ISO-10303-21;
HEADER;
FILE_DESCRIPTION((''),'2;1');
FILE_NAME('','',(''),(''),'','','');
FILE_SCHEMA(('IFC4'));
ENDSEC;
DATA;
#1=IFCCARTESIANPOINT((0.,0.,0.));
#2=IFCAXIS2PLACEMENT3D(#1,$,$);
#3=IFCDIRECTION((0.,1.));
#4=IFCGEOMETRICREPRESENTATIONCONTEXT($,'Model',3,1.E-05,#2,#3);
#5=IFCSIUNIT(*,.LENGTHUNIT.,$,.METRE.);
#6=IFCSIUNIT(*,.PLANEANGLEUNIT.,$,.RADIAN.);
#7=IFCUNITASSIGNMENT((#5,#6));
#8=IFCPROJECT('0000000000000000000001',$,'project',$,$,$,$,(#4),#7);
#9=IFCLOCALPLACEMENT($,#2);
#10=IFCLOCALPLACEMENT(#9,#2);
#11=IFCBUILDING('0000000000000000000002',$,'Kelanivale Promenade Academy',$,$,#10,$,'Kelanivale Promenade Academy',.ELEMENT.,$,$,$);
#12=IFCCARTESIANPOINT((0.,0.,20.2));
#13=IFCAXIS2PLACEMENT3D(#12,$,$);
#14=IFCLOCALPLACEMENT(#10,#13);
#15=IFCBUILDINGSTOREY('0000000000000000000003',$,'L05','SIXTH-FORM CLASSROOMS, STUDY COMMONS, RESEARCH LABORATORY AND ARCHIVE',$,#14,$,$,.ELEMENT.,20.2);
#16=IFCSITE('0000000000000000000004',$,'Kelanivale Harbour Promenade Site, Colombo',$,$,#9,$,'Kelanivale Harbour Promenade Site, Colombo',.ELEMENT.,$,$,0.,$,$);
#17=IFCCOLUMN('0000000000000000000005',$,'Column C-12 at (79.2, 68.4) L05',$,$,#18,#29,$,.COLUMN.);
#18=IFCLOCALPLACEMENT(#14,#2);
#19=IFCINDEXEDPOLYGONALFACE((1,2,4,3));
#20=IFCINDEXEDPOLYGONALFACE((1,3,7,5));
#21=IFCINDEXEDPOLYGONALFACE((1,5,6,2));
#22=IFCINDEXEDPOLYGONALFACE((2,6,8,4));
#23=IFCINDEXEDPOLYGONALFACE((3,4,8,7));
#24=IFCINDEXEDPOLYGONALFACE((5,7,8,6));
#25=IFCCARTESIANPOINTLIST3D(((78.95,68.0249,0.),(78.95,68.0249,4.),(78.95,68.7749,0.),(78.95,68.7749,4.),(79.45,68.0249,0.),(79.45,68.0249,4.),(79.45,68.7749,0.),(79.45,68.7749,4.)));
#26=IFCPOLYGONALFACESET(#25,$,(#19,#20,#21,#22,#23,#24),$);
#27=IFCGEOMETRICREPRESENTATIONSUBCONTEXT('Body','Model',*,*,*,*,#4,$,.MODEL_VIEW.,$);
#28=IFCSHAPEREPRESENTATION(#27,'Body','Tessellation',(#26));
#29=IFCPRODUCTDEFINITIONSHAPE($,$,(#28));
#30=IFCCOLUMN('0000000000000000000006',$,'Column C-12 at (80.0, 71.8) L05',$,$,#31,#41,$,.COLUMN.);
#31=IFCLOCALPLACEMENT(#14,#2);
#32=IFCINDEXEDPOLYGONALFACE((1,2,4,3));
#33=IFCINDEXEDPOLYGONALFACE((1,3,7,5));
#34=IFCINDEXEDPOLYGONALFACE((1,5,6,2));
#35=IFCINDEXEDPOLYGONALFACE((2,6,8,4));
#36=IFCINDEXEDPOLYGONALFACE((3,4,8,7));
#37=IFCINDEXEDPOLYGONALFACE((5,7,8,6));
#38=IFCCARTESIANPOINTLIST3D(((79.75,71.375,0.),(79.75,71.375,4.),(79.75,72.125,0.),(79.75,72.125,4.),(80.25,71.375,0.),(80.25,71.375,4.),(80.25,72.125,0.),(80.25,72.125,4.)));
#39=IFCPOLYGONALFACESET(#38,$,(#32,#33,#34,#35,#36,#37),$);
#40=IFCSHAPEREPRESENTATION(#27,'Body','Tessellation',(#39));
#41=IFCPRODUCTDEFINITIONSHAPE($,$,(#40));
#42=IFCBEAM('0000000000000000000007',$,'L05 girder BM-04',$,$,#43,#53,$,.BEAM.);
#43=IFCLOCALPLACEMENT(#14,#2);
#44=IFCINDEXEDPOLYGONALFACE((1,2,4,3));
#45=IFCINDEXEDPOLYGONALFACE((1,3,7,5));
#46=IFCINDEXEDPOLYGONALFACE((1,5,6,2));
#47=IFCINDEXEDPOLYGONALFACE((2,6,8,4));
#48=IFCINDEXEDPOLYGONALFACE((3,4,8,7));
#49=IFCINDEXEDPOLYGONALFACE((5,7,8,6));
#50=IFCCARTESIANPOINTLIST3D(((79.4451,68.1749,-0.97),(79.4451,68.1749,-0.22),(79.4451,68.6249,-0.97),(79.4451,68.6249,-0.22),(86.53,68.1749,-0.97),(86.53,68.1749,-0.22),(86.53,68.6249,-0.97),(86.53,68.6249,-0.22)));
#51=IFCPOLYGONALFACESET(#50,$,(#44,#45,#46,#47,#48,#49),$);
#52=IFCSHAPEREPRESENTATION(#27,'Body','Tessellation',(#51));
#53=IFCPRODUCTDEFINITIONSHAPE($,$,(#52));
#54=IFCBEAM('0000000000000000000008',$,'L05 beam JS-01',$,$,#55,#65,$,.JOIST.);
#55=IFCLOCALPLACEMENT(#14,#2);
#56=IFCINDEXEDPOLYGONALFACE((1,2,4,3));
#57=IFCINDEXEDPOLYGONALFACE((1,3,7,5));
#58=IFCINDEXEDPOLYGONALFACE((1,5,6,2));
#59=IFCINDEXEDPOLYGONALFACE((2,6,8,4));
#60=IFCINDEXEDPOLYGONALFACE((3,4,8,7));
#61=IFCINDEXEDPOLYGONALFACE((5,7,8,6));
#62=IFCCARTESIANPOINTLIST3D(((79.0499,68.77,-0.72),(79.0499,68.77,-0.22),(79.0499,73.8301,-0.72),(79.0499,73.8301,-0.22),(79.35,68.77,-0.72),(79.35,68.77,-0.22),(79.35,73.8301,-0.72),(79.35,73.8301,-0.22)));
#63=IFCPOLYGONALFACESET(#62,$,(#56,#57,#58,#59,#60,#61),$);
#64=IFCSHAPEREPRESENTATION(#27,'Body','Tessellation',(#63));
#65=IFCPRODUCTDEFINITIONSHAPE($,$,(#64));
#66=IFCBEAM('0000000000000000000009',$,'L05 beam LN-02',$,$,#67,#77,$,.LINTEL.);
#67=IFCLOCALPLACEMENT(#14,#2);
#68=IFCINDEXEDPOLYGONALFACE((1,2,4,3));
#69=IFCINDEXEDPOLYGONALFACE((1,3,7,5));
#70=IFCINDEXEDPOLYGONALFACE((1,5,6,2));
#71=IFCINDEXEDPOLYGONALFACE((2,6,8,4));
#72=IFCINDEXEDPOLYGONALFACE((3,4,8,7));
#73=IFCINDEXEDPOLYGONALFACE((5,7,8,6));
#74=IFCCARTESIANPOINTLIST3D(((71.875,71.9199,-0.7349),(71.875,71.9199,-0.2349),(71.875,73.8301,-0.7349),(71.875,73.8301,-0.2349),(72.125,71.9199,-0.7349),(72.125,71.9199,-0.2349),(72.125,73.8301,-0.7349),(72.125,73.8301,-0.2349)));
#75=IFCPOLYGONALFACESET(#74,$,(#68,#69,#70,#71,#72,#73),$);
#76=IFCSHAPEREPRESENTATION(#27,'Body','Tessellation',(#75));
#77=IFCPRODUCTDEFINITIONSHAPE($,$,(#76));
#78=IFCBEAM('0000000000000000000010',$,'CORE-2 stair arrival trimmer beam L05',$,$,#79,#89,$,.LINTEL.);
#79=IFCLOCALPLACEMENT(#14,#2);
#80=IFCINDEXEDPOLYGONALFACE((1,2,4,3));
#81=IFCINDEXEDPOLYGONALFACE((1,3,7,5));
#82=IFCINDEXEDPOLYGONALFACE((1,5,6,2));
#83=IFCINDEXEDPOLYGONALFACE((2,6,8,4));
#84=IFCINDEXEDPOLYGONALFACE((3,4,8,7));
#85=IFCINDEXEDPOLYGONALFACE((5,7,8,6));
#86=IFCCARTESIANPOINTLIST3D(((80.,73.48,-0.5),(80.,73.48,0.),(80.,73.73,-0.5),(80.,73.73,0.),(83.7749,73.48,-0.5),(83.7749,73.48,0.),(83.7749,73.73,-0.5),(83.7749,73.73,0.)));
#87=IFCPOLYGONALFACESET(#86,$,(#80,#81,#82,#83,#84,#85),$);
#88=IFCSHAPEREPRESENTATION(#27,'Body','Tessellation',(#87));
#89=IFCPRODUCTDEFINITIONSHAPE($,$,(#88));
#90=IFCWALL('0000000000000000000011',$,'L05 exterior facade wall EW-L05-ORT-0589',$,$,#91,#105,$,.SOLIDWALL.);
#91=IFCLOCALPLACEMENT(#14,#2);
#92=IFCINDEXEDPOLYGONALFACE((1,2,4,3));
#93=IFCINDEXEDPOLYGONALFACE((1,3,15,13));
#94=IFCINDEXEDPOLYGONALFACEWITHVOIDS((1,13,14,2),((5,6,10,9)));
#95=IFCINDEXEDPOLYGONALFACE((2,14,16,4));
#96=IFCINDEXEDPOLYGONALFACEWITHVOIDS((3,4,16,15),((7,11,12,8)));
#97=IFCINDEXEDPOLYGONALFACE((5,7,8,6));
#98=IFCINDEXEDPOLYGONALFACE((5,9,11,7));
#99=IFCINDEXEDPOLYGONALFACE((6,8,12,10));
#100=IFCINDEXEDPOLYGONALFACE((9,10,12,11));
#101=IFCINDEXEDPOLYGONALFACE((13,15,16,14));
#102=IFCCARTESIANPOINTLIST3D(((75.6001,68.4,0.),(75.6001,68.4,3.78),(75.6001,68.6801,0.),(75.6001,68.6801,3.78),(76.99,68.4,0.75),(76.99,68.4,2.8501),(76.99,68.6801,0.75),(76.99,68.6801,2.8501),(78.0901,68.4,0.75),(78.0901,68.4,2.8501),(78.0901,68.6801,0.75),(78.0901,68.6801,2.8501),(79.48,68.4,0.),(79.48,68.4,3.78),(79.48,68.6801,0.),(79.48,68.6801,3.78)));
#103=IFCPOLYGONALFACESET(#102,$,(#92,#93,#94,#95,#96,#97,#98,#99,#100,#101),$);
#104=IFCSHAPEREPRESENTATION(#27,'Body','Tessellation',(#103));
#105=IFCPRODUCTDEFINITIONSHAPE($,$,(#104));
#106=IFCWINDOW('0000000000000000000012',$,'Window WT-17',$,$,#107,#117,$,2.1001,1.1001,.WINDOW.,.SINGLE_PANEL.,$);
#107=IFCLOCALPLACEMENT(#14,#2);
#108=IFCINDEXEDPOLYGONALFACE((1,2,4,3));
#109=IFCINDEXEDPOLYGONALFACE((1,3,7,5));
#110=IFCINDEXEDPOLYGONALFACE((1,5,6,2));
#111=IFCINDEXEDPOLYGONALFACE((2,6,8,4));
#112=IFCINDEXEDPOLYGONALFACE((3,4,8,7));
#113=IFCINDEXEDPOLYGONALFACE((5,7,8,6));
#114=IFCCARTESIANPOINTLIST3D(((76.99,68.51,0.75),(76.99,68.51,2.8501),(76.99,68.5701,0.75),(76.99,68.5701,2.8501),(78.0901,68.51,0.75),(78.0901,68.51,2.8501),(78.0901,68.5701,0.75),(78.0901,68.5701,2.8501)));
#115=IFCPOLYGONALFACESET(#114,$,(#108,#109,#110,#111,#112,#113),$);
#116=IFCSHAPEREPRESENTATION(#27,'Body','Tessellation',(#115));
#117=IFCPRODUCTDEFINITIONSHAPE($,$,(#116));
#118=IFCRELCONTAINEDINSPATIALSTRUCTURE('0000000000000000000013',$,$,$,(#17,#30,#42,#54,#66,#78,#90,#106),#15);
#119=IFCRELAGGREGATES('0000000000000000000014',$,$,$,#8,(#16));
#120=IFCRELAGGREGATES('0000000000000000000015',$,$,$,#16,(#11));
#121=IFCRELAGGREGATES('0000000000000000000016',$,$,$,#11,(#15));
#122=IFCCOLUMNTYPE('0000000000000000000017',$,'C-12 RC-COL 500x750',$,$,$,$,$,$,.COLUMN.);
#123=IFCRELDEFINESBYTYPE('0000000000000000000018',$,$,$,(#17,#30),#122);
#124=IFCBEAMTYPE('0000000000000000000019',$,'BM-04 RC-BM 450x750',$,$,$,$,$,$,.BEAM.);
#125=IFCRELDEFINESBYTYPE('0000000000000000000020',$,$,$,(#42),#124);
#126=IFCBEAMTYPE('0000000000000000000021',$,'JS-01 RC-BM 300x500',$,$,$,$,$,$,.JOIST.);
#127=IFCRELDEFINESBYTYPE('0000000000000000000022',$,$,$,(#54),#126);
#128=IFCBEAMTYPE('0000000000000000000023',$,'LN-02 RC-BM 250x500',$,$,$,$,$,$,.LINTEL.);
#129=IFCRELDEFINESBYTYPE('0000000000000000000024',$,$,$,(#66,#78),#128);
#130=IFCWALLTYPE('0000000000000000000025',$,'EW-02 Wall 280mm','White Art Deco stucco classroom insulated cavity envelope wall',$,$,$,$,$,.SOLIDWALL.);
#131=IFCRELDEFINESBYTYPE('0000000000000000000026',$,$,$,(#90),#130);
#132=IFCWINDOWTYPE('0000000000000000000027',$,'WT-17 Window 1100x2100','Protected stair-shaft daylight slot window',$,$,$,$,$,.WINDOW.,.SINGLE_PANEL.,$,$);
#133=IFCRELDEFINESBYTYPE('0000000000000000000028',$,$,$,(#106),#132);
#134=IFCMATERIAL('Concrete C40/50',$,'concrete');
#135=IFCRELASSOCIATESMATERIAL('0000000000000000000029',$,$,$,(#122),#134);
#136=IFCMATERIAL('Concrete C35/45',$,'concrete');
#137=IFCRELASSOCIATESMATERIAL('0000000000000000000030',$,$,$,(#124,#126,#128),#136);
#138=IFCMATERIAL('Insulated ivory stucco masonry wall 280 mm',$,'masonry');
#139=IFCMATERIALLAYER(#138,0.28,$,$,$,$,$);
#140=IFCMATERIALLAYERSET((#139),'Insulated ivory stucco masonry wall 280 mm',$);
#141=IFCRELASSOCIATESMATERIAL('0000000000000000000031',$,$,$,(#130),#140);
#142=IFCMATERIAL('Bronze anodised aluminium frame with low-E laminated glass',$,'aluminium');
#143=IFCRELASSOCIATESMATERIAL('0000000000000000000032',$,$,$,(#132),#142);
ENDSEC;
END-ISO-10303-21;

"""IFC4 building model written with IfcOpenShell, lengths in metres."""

from ifc_helpers import new_model, si_unit, direction, frame, frame_2d, origin, origin_2d, place, context, subcontext, project, spatial, rectangle, extrude, material, layer, layer_set, material_profile, profile_set, type_object, element, fill, save


model = new_model("IFC4")

# Units and contexts
model_context = context("Model", 3, precision=1e-05, world=origin(), true_north=direction((0.0, 1.0)))
body_context = subcontext(model_context, "Body", "Model", "MODEL_VIEW")
ifc_project = project(units=[si_unit("LENGTHUNIT", "METRE"), si_unit("PLANEANGLEUNIT", "RADIAN")], contexts=[model_context])

# Site, building, storey
site_placement = place(None, origin())
site = spatial("IfcSite", under=ifc_project, at=site_placement, Name="Kelanivale Harbour Promenade Site, Colombo", LongName="Kelanivale Harbour Promenade Site, Colombo", CompositionType="ELEMENT", RefElevation=0.0)
building_placement = place(site_placement, origin())
building = spatial("IfcBuilding", under=site, at=building_placement, Name="Kelanivale Promenade Academy", LongName="Kelanivale Promenade Academy", CompositionType="ELEMENT")
storey_placement = place(building_placement, frame((0.0, 0.0, 20.2)))
storey = spatial("IfcBuildingStorey", under=building, at=storey_placement, Name="L05", Description="SIXTH-FORM CLASSROOMS, STUDY COMMONS, RESEARCH LABORATORY AND ARCHIVE", CompositionType="ELEMENT", Elevation=20.2)

# Columns
ifc_material_1 = material(Name="Concrete C40/50", Category="concrete")
ifc_material_profile_1 = material_profile(ifc_material_1, rectangle(XDim=0.5, YDim=0.75, at=origin_2d()), Name="RC-COL 500x750")
ifc_profile_set_1 = profile_set([ifc_material_profile_1], Name="Concrete C40/50")
column_type = type_object("IfcColumnType", Name="C-12 RC-COL 500x750", PredefinedType="COLUMN", material=ifc_profile_set_1)
for number, where, z_axis, x_axis, name in (
    (1, (79.2, 68.3999, 0.0), (0.0, 0.0, 1.0), (1.0, 0.0, 0.0), "Column C-12 at (79.2, 68.4) L05"),
    (2, (80.0, 71.75, 0.0), (0.0, 0.0, 1.0), (1.0, 0.0, 0.0), "Column C-12 at (80.0, 71.8) L05"),
):
    element("IfcColumn", number, at=place(storey_placement, frame(where, z_axis=z_axis, x_axis=x_axis)), inside=storey, type_object=column_type, Name=name, PredefinedType="COLUMN", context=body_context, shape_type="SweptSolid", body=[
        extrude(rectangle(XDim=0.5, YDim=0.75, at=origin_2d()), origin(), (0.0, 0.0, 1.0), 4.0),
    ])

# Beams
ifc_material_2 = material(Name="Concrete C35/45", Category="concrete")
ifc_material_profile_2 = material_profile(ifc_material_2, rectangle(XDim=0.45, YDim=0.75, at=origin_2d()), Name="RC-BM 450x750")
ifc_profile_set_2 = profile_set([ifc_material_profile_2], Name="Concrete C35/45")
beam_type_1 = type_object("IfcBeamType", Name="BM-04 RC-BM 450x750", PredefinedType="BEAM", material=ifc_profile_set_2)
beam_1_placement = place(storey_placement, frame((79.4451, 68.3999, -0.595), z_axis=(1.0, 0.0, 0.0), x_axis=(0.0, 1.0, 0.0)))
element("IfcBeam", 3, at=beam_1_placement, inside=storey, type_object=beam_type_1, Name="L05 girder BM-04", PredefinedType="BEAM", context=body_context, shape_type="SweptSolid", body=[
    extrude(rectangle(XDim=0.45, YDim=0.75, at=origin_2d()), origin(), (0.0, 0.0, 1.0), 7.085),
])
ifc_material_profile_3 = material_profile(ifc_material_2, rectangle(XDim=0.3, YDim=0.5, at=origin_2d()), Name="RC-BM 300x500")
ifc_profile_set_3 = profile_set([ifc_material_profile_3], Name="Concrete C35/45")
beam_type_2 = type_object("IfcBeamType", Name="JS-01 RC-BM 300x500", PredefinedType="JOIST", material=ifc_profile_set_3)
beam_2_placement = place(storey_placement, frame((79.2, 68.77, -0.47), z_axis=(0.0, 1.0, 0.0), x_axis=(-1.0, 0.0, 0.0)))
element("IfcBeam", 4, at=beam_2_placement, inside=storey, type_object=beam_type_2, Name="L05 beam JS-01", PredefinedType="JOIST", context=body_context, shape_type="SweptSolid", body=[
    extrude(rectangle(XDim=0.3, YDim=0.5, at=origin_2d()), origin(), (0.0, 0.0, 1.0), 5.0601),
])
ifc_material_profile_4 = material_profile(ifc_material_2, rectangle(XDim=0.25, YDim=0.5, at=origin_2d()), Name="RC-BM 250x500")
ifc_profile_set_4 = profile_set([ifc_material_profile_4], Name="Concrete C35/45")
beam_type_3 = type_object("IfcBeamType", Name="LN-02 RC-BM 250x500", PredefinedType="LINTEL", material=ifc_profile_set_4)
beam_3_placement = place(storey_placement, frame((72.0, 71.9199, -0.4849), z_axis=(0.0, 1.0, 0.0), x_axis=(-1.0, 0.0, 0.0)))
element("IfcBeam", 5, at=beam_3_placement, inside=storey, type_object=beam_type_3, Name="L05 beam LN-02", PredefinedType="LINTEL", context=body_context, shape_type="SweptSolid", body=[
    extrude(rectangle(XDim=0.25, YDim=0.5, at=origin_2d()), origin(), (0.0, 0.0, 1.0), 1.9102),
])
beam_4_placement = place(storey_placement, frame((80.0, 73.605, -0.25), z_axis=(1.0, 0.0, 0.0), x_axis=(0.0, 1.0, 0.0)))
element("IfcBeam", 6, at=beam_4_placement, inside=storey, type_object=beam_type_3, Name="CORE-2 stair arrival trimmer beam L05", PredefinedType="LINTEL", context=body_context, shape_type="SweptSolid", body=[
    extrude(rectangle(XDim=0.25, YDim=0.5, at=origin_2d()), origin(), (0.0, 0.0, 1.0), 3.7749),
])

# Wall, opening, window
ifc_material_3 = material(Name="Insulated ivory stucco masonry wall 280 mm", Category="masonry")
ifc_layer_1 = layer(ifc_material_3, 0.28)
ifc_layer_set_1 = layer_set([ifc_layer_1], Name="Insulated ivory stucco masonry wall 280 mm")
wall_type_1 = type_object("IfcWallType", Name="EW-02 Wall 280mm", Description="White Art Deco stucco classroom insulated cavity envelope wall", PredefinedType="SOLIDWALL", material=ifc_layer_set_1)
wall_1_placement = place(storey_placement, frame((75.6001, 68.54, 0.0), z_axis=(0.0, 0.0, 1.0), x_axis=(1.0, 0.0, 0.0)))
wall_1 = element("IfcWall", 7, at=wall_1_placement, inside=storey, type_object=wall_type_1, Name="L05 exterior facade wall EW-L05-ORT-0589", PredefinedType="SOLIDWALL", context=body_context, shape_type="SweptSolid", body=[
    extrude(rectangle(XDim=3.8799, YDim=0.28, at=frame_2d((1.9399, 0.0))), origin(), (0.0, 0.0, 1.0), 3.78),
])
opening_1_placement = place(wall_1_placement, frame((1.3899, 0.0, 0.75)))
opening_1 = element("IfcOpeningElement", 8, at=opening_1_placement, cuts=wall_1, PredefinedType="OPENING", context=body_context, shape_type="SweptSolid", body=[
    extrude(rectangle(XDim=1.1001, YDim=2.1001, at=frame_2d((0.55, 1.05))), frame((0.0, 0.1499, 0.0), z_axis=(0.0, -1.0, 0.0), x_axis=(1.0, 0.0, 0.0)), (0.0, 0.0, 1.0), 0.3),
])
ifc_material_4 = material(Name="Bronze anodised aluminium frame with low-E laminated glass", Category="aluminium")
window_type_1 = type_object("IfcWindowType", Name="WT-17 Window 1100x2100", Description="Protected stair-shaft daylight slot window", PartitioningType="SINGLE_PANEL", PredefinedType="WINDOW", material=ifc_material_4)
window_1_placement = place(opening_1_placement, origin())
window_1 = element("IfcWindow", 9, at=window_1_placement, inside=storey, type_object=window_type_1, Name="Window WT-17", OverallHeight=2.1001, OverallWidth=1.1001, PartitioningType="SINGLE_PANEL", PredefinedType="WINDOW", context=body_context, shape_type="SweptSolid", body=[
    extrude(rectangle(XDim=1.1001, YDim=2.1001, at=frame_2d((0.55, 1.05))), frame((0.0, 0.03, 0.0), z_axis=(0.0, -1.0, 0.0), x_axis=(1.0, 0.0, 0.0)), (0.0, 0.0, 1.0), 0.0601),
])
fill(opening_1, window_1)

save(model, "model.ifc")
